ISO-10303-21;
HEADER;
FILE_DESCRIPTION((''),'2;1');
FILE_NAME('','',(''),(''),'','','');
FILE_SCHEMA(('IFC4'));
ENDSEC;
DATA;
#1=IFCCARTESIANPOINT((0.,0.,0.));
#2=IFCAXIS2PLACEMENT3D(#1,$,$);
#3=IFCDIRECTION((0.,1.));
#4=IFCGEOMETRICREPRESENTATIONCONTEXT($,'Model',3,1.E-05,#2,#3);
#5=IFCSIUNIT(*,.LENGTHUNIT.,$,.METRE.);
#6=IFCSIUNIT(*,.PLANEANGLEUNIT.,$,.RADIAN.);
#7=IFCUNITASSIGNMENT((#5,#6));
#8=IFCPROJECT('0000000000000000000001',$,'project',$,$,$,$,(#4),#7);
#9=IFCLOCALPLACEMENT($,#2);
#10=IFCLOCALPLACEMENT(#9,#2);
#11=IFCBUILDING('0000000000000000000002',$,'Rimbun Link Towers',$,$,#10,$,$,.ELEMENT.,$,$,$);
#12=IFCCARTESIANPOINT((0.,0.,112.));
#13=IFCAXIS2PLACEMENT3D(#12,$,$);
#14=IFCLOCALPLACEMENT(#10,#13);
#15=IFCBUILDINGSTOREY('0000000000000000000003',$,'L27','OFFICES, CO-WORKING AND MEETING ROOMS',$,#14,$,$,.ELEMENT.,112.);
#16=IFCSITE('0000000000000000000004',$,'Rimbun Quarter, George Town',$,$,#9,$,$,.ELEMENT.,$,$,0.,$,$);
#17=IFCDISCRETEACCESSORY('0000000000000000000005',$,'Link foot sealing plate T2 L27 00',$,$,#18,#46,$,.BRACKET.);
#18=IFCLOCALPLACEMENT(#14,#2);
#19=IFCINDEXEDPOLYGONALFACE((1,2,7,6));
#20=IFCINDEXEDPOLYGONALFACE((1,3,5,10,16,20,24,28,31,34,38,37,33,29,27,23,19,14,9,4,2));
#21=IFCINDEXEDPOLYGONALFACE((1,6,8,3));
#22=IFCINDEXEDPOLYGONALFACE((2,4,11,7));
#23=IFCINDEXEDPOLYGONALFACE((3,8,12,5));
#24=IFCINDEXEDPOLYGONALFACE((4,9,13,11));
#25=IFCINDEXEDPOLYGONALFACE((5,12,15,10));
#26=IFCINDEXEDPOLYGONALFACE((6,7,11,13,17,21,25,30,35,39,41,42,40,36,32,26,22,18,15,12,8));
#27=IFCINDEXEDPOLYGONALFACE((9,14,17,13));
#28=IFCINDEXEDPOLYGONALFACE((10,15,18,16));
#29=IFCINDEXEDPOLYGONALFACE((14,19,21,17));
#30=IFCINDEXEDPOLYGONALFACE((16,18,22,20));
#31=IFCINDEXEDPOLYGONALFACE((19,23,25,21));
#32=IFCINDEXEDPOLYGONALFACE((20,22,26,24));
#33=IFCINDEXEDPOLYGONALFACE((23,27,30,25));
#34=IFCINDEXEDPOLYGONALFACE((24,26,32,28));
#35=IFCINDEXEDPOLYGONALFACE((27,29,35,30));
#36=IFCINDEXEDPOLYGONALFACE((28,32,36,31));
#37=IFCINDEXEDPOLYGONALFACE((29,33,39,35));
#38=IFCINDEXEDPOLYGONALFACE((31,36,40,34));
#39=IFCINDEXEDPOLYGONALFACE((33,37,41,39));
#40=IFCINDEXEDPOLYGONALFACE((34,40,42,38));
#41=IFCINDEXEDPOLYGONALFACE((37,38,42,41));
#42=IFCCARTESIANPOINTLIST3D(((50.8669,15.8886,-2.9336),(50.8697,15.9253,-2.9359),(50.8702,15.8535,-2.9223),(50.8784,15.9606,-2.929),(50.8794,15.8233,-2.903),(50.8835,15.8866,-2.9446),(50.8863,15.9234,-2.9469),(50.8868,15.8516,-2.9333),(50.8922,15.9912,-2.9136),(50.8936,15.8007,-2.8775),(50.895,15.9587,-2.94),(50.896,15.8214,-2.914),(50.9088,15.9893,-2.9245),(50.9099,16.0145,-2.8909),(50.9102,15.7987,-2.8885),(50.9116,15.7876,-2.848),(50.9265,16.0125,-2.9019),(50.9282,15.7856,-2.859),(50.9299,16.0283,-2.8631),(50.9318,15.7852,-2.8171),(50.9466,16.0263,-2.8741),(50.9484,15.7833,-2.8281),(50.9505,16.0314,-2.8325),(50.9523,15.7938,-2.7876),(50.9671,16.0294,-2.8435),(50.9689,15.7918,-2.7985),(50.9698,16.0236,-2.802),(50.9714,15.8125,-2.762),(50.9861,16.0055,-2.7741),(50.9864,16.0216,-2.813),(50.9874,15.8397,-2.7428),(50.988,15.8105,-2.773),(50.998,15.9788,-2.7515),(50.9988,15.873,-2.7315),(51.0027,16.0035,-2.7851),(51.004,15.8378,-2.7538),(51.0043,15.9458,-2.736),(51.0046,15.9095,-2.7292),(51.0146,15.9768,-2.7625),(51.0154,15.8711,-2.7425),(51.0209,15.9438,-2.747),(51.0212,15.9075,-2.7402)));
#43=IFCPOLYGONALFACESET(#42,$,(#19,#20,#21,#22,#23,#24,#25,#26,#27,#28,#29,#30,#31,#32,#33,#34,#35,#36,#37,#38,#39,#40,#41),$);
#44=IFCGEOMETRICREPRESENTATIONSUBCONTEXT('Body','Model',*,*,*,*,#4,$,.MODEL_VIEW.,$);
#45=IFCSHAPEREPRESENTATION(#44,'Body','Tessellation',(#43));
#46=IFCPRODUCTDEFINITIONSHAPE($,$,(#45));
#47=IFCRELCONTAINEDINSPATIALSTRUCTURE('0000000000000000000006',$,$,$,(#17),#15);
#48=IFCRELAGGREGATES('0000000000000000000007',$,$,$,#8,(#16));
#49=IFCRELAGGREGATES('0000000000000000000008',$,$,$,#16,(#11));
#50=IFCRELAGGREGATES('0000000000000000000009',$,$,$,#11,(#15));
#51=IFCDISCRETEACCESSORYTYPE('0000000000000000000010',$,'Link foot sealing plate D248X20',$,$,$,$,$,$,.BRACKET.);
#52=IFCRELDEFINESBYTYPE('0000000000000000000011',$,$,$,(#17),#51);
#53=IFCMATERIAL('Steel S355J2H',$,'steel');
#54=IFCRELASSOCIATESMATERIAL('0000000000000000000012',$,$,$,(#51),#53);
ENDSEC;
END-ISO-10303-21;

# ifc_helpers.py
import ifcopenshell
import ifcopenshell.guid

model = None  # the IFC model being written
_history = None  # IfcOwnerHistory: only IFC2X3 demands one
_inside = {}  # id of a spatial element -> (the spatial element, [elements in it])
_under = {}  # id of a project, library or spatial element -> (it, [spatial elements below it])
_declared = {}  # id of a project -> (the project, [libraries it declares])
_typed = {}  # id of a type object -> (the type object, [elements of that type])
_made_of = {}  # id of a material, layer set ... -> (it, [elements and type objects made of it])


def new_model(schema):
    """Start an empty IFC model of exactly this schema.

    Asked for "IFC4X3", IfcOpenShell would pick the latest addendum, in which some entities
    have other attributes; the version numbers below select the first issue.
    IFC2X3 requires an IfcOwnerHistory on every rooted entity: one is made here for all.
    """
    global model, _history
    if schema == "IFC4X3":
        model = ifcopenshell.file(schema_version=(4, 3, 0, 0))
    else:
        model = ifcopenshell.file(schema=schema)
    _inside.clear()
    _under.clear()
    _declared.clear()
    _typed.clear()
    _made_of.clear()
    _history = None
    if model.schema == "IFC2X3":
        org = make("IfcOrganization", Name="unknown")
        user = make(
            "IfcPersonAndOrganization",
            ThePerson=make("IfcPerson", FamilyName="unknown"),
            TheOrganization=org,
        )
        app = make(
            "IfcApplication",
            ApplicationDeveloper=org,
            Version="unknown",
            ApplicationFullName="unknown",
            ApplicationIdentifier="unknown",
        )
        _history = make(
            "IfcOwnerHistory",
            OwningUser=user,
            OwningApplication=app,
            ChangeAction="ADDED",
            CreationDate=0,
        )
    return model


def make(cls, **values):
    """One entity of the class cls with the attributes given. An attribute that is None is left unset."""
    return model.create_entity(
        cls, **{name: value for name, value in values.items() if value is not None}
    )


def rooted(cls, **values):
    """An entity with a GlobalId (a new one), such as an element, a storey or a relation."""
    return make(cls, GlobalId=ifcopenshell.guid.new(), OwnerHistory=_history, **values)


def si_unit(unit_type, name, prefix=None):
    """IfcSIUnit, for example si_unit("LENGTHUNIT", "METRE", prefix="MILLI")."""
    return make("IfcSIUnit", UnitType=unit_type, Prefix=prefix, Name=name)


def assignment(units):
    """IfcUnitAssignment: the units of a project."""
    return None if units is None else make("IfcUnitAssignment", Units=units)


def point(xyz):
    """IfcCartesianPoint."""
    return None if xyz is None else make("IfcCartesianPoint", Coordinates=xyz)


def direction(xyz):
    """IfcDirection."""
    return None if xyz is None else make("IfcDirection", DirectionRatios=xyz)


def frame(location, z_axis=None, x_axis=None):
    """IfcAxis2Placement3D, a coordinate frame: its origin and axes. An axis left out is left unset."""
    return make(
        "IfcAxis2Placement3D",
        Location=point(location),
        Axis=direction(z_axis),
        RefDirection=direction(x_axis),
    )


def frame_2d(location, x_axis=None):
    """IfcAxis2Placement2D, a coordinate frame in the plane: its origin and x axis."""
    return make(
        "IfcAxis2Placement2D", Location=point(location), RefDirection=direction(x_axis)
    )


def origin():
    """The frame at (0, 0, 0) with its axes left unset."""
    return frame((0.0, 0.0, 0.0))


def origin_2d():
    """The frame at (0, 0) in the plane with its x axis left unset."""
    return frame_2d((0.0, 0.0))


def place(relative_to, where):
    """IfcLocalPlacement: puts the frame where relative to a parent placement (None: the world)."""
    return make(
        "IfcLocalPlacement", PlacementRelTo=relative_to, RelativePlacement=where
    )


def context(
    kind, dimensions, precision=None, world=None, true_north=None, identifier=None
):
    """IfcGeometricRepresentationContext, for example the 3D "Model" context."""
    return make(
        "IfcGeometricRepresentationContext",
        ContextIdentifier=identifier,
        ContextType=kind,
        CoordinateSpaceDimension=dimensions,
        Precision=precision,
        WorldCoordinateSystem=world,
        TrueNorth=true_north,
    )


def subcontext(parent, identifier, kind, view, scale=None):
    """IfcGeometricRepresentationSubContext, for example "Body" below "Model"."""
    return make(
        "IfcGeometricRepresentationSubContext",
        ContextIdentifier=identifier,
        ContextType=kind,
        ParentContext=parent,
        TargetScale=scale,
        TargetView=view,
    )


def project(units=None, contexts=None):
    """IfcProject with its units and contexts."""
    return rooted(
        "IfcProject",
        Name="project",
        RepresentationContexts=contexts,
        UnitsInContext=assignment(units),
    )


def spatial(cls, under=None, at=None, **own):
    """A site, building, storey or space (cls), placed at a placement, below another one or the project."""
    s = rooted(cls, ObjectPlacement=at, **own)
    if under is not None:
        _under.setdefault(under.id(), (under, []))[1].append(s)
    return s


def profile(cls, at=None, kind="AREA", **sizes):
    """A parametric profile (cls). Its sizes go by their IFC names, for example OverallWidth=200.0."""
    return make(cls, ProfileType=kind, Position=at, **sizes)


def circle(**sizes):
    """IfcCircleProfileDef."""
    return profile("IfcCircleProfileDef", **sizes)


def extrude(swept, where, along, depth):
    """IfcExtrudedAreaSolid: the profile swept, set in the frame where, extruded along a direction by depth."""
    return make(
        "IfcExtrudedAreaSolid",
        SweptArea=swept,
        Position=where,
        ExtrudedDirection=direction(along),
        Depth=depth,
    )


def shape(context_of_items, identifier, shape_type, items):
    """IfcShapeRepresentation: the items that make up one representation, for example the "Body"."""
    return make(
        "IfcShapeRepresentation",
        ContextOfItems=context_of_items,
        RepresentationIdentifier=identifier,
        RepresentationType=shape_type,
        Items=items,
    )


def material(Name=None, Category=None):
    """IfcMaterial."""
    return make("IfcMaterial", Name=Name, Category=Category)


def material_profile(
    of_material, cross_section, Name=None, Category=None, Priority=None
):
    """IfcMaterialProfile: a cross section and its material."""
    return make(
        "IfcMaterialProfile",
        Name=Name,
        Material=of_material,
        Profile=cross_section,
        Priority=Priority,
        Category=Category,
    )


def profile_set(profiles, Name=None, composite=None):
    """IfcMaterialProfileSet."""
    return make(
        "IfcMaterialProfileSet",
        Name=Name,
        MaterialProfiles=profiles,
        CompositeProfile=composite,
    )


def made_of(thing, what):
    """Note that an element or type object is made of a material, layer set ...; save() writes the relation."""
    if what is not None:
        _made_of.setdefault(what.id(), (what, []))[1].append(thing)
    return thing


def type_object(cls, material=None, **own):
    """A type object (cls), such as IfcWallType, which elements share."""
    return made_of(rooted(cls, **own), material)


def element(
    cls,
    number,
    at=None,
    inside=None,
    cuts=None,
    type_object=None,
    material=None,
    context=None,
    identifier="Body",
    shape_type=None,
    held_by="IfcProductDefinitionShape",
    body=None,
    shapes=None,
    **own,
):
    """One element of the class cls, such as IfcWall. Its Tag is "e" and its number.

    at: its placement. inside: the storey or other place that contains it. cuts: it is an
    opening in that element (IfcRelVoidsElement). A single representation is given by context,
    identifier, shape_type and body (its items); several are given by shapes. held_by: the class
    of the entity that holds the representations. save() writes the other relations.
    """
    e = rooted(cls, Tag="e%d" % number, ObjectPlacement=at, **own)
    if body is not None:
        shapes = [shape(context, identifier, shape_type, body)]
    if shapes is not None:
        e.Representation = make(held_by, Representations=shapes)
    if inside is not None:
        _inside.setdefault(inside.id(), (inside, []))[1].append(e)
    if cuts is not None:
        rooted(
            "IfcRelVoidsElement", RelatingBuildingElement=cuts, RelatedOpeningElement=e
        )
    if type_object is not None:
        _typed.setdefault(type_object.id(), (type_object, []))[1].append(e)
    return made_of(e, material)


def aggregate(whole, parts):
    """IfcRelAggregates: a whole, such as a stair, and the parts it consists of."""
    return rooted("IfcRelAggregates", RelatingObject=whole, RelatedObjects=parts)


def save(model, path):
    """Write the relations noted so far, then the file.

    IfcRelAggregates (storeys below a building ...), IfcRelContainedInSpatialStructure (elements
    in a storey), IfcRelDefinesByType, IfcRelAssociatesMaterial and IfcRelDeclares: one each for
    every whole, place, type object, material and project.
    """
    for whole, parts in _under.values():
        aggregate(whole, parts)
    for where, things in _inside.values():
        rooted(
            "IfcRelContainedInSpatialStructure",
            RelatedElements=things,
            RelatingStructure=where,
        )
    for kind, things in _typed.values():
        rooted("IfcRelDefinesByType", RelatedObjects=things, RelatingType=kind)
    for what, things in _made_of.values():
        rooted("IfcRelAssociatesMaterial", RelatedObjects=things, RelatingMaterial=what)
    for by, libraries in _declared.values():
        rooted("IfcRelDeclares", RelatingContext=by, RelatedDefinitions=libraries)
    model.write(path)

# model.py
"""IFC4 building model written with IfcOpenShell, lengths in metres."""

from ifc_helpers import new_model, si_unit, direction, frame, origin, origin_2d, place, context, subcontext, project, spatial, circle, extrude, material, material_profile, profile_set, type_object, element, save


model = new_model("IFC4")

# Units and contexts
model_context = context("Model", 3, precision=1e-05, world=origin(), true_north=direction((0.0, 1.0)))
body_context = subcontext(model_context, "Body", "Model", "MODEL_VIEW")
ifc_project = project(units=[si_unit("LENGTHUNIT", "METRE"), si_unit("PLANEANGLEUNIT", "RADIAN")], contexts=[model_context])

# Site, building, storey
site_placement = place(None, origin())
site = spatial("IfcSite", under=ifc_project, at=site_placement, Name="Rimbun Quarter, George Town", CompositionType="ELEMENT", RefElevation=0.0)
building_placement = place(site_placement, origin())
building = spatial("IfcBuilding", under=site, at=building_placement, Name="Rimbun Link Towers", CompositionType="ELEMENT")
storey_placement = place(building_placement, frame((0.0, 0.0, 112.0)))
storey = spatial("IfcBuildingStorey", under=building, at=storey_placement, Name="L27", Description="OFFICES, CO-WORKING AND MEETING ROOMS", CompositionType="ELEMENT", Elevation=112.0)

# Discrete accessory
ifc_material_1 = material(Name="Steel S355J2H", Category="steel")
ifc_material_profile_1 = material_profile(ifc_material_1, circle(Radius=0.124, at=origin_2d()), Name="PL D248")
ifc_profile_set_1 = profile_set([ifc_material_profile_1], Name="Steel S355J2H")
discrete_accessory_type = type_object("IfcDiscreteAccessoryType", Name="Link foot sealing plate D248X20", PredefinedType="BRACKET", material=ifc_profile_set_1)
discrete_accessory_placement = place(storey_placement, frame((50.936, 15.9082, -2.8325), z_axis=(0.829947, -0.097641, -0.54923), x_axis=(0.116841, 0.993151, 0.0)))
element("IfcDiscreteAccessory", 1, at=discrete_accessory_placement, inside=storey, type_object=discrete_accessory_type, Name="Link foot sealing plate T2 L27 00", PredefinedType="BRACKET", context=body_context, shape_type="SweptSolid", body=[
    extrude(circle(Radius=0.124, at=origin_2d()), origin(), (0.0, 0.0, 1.0), 0.02),
])

save(model, "model.ifc")
